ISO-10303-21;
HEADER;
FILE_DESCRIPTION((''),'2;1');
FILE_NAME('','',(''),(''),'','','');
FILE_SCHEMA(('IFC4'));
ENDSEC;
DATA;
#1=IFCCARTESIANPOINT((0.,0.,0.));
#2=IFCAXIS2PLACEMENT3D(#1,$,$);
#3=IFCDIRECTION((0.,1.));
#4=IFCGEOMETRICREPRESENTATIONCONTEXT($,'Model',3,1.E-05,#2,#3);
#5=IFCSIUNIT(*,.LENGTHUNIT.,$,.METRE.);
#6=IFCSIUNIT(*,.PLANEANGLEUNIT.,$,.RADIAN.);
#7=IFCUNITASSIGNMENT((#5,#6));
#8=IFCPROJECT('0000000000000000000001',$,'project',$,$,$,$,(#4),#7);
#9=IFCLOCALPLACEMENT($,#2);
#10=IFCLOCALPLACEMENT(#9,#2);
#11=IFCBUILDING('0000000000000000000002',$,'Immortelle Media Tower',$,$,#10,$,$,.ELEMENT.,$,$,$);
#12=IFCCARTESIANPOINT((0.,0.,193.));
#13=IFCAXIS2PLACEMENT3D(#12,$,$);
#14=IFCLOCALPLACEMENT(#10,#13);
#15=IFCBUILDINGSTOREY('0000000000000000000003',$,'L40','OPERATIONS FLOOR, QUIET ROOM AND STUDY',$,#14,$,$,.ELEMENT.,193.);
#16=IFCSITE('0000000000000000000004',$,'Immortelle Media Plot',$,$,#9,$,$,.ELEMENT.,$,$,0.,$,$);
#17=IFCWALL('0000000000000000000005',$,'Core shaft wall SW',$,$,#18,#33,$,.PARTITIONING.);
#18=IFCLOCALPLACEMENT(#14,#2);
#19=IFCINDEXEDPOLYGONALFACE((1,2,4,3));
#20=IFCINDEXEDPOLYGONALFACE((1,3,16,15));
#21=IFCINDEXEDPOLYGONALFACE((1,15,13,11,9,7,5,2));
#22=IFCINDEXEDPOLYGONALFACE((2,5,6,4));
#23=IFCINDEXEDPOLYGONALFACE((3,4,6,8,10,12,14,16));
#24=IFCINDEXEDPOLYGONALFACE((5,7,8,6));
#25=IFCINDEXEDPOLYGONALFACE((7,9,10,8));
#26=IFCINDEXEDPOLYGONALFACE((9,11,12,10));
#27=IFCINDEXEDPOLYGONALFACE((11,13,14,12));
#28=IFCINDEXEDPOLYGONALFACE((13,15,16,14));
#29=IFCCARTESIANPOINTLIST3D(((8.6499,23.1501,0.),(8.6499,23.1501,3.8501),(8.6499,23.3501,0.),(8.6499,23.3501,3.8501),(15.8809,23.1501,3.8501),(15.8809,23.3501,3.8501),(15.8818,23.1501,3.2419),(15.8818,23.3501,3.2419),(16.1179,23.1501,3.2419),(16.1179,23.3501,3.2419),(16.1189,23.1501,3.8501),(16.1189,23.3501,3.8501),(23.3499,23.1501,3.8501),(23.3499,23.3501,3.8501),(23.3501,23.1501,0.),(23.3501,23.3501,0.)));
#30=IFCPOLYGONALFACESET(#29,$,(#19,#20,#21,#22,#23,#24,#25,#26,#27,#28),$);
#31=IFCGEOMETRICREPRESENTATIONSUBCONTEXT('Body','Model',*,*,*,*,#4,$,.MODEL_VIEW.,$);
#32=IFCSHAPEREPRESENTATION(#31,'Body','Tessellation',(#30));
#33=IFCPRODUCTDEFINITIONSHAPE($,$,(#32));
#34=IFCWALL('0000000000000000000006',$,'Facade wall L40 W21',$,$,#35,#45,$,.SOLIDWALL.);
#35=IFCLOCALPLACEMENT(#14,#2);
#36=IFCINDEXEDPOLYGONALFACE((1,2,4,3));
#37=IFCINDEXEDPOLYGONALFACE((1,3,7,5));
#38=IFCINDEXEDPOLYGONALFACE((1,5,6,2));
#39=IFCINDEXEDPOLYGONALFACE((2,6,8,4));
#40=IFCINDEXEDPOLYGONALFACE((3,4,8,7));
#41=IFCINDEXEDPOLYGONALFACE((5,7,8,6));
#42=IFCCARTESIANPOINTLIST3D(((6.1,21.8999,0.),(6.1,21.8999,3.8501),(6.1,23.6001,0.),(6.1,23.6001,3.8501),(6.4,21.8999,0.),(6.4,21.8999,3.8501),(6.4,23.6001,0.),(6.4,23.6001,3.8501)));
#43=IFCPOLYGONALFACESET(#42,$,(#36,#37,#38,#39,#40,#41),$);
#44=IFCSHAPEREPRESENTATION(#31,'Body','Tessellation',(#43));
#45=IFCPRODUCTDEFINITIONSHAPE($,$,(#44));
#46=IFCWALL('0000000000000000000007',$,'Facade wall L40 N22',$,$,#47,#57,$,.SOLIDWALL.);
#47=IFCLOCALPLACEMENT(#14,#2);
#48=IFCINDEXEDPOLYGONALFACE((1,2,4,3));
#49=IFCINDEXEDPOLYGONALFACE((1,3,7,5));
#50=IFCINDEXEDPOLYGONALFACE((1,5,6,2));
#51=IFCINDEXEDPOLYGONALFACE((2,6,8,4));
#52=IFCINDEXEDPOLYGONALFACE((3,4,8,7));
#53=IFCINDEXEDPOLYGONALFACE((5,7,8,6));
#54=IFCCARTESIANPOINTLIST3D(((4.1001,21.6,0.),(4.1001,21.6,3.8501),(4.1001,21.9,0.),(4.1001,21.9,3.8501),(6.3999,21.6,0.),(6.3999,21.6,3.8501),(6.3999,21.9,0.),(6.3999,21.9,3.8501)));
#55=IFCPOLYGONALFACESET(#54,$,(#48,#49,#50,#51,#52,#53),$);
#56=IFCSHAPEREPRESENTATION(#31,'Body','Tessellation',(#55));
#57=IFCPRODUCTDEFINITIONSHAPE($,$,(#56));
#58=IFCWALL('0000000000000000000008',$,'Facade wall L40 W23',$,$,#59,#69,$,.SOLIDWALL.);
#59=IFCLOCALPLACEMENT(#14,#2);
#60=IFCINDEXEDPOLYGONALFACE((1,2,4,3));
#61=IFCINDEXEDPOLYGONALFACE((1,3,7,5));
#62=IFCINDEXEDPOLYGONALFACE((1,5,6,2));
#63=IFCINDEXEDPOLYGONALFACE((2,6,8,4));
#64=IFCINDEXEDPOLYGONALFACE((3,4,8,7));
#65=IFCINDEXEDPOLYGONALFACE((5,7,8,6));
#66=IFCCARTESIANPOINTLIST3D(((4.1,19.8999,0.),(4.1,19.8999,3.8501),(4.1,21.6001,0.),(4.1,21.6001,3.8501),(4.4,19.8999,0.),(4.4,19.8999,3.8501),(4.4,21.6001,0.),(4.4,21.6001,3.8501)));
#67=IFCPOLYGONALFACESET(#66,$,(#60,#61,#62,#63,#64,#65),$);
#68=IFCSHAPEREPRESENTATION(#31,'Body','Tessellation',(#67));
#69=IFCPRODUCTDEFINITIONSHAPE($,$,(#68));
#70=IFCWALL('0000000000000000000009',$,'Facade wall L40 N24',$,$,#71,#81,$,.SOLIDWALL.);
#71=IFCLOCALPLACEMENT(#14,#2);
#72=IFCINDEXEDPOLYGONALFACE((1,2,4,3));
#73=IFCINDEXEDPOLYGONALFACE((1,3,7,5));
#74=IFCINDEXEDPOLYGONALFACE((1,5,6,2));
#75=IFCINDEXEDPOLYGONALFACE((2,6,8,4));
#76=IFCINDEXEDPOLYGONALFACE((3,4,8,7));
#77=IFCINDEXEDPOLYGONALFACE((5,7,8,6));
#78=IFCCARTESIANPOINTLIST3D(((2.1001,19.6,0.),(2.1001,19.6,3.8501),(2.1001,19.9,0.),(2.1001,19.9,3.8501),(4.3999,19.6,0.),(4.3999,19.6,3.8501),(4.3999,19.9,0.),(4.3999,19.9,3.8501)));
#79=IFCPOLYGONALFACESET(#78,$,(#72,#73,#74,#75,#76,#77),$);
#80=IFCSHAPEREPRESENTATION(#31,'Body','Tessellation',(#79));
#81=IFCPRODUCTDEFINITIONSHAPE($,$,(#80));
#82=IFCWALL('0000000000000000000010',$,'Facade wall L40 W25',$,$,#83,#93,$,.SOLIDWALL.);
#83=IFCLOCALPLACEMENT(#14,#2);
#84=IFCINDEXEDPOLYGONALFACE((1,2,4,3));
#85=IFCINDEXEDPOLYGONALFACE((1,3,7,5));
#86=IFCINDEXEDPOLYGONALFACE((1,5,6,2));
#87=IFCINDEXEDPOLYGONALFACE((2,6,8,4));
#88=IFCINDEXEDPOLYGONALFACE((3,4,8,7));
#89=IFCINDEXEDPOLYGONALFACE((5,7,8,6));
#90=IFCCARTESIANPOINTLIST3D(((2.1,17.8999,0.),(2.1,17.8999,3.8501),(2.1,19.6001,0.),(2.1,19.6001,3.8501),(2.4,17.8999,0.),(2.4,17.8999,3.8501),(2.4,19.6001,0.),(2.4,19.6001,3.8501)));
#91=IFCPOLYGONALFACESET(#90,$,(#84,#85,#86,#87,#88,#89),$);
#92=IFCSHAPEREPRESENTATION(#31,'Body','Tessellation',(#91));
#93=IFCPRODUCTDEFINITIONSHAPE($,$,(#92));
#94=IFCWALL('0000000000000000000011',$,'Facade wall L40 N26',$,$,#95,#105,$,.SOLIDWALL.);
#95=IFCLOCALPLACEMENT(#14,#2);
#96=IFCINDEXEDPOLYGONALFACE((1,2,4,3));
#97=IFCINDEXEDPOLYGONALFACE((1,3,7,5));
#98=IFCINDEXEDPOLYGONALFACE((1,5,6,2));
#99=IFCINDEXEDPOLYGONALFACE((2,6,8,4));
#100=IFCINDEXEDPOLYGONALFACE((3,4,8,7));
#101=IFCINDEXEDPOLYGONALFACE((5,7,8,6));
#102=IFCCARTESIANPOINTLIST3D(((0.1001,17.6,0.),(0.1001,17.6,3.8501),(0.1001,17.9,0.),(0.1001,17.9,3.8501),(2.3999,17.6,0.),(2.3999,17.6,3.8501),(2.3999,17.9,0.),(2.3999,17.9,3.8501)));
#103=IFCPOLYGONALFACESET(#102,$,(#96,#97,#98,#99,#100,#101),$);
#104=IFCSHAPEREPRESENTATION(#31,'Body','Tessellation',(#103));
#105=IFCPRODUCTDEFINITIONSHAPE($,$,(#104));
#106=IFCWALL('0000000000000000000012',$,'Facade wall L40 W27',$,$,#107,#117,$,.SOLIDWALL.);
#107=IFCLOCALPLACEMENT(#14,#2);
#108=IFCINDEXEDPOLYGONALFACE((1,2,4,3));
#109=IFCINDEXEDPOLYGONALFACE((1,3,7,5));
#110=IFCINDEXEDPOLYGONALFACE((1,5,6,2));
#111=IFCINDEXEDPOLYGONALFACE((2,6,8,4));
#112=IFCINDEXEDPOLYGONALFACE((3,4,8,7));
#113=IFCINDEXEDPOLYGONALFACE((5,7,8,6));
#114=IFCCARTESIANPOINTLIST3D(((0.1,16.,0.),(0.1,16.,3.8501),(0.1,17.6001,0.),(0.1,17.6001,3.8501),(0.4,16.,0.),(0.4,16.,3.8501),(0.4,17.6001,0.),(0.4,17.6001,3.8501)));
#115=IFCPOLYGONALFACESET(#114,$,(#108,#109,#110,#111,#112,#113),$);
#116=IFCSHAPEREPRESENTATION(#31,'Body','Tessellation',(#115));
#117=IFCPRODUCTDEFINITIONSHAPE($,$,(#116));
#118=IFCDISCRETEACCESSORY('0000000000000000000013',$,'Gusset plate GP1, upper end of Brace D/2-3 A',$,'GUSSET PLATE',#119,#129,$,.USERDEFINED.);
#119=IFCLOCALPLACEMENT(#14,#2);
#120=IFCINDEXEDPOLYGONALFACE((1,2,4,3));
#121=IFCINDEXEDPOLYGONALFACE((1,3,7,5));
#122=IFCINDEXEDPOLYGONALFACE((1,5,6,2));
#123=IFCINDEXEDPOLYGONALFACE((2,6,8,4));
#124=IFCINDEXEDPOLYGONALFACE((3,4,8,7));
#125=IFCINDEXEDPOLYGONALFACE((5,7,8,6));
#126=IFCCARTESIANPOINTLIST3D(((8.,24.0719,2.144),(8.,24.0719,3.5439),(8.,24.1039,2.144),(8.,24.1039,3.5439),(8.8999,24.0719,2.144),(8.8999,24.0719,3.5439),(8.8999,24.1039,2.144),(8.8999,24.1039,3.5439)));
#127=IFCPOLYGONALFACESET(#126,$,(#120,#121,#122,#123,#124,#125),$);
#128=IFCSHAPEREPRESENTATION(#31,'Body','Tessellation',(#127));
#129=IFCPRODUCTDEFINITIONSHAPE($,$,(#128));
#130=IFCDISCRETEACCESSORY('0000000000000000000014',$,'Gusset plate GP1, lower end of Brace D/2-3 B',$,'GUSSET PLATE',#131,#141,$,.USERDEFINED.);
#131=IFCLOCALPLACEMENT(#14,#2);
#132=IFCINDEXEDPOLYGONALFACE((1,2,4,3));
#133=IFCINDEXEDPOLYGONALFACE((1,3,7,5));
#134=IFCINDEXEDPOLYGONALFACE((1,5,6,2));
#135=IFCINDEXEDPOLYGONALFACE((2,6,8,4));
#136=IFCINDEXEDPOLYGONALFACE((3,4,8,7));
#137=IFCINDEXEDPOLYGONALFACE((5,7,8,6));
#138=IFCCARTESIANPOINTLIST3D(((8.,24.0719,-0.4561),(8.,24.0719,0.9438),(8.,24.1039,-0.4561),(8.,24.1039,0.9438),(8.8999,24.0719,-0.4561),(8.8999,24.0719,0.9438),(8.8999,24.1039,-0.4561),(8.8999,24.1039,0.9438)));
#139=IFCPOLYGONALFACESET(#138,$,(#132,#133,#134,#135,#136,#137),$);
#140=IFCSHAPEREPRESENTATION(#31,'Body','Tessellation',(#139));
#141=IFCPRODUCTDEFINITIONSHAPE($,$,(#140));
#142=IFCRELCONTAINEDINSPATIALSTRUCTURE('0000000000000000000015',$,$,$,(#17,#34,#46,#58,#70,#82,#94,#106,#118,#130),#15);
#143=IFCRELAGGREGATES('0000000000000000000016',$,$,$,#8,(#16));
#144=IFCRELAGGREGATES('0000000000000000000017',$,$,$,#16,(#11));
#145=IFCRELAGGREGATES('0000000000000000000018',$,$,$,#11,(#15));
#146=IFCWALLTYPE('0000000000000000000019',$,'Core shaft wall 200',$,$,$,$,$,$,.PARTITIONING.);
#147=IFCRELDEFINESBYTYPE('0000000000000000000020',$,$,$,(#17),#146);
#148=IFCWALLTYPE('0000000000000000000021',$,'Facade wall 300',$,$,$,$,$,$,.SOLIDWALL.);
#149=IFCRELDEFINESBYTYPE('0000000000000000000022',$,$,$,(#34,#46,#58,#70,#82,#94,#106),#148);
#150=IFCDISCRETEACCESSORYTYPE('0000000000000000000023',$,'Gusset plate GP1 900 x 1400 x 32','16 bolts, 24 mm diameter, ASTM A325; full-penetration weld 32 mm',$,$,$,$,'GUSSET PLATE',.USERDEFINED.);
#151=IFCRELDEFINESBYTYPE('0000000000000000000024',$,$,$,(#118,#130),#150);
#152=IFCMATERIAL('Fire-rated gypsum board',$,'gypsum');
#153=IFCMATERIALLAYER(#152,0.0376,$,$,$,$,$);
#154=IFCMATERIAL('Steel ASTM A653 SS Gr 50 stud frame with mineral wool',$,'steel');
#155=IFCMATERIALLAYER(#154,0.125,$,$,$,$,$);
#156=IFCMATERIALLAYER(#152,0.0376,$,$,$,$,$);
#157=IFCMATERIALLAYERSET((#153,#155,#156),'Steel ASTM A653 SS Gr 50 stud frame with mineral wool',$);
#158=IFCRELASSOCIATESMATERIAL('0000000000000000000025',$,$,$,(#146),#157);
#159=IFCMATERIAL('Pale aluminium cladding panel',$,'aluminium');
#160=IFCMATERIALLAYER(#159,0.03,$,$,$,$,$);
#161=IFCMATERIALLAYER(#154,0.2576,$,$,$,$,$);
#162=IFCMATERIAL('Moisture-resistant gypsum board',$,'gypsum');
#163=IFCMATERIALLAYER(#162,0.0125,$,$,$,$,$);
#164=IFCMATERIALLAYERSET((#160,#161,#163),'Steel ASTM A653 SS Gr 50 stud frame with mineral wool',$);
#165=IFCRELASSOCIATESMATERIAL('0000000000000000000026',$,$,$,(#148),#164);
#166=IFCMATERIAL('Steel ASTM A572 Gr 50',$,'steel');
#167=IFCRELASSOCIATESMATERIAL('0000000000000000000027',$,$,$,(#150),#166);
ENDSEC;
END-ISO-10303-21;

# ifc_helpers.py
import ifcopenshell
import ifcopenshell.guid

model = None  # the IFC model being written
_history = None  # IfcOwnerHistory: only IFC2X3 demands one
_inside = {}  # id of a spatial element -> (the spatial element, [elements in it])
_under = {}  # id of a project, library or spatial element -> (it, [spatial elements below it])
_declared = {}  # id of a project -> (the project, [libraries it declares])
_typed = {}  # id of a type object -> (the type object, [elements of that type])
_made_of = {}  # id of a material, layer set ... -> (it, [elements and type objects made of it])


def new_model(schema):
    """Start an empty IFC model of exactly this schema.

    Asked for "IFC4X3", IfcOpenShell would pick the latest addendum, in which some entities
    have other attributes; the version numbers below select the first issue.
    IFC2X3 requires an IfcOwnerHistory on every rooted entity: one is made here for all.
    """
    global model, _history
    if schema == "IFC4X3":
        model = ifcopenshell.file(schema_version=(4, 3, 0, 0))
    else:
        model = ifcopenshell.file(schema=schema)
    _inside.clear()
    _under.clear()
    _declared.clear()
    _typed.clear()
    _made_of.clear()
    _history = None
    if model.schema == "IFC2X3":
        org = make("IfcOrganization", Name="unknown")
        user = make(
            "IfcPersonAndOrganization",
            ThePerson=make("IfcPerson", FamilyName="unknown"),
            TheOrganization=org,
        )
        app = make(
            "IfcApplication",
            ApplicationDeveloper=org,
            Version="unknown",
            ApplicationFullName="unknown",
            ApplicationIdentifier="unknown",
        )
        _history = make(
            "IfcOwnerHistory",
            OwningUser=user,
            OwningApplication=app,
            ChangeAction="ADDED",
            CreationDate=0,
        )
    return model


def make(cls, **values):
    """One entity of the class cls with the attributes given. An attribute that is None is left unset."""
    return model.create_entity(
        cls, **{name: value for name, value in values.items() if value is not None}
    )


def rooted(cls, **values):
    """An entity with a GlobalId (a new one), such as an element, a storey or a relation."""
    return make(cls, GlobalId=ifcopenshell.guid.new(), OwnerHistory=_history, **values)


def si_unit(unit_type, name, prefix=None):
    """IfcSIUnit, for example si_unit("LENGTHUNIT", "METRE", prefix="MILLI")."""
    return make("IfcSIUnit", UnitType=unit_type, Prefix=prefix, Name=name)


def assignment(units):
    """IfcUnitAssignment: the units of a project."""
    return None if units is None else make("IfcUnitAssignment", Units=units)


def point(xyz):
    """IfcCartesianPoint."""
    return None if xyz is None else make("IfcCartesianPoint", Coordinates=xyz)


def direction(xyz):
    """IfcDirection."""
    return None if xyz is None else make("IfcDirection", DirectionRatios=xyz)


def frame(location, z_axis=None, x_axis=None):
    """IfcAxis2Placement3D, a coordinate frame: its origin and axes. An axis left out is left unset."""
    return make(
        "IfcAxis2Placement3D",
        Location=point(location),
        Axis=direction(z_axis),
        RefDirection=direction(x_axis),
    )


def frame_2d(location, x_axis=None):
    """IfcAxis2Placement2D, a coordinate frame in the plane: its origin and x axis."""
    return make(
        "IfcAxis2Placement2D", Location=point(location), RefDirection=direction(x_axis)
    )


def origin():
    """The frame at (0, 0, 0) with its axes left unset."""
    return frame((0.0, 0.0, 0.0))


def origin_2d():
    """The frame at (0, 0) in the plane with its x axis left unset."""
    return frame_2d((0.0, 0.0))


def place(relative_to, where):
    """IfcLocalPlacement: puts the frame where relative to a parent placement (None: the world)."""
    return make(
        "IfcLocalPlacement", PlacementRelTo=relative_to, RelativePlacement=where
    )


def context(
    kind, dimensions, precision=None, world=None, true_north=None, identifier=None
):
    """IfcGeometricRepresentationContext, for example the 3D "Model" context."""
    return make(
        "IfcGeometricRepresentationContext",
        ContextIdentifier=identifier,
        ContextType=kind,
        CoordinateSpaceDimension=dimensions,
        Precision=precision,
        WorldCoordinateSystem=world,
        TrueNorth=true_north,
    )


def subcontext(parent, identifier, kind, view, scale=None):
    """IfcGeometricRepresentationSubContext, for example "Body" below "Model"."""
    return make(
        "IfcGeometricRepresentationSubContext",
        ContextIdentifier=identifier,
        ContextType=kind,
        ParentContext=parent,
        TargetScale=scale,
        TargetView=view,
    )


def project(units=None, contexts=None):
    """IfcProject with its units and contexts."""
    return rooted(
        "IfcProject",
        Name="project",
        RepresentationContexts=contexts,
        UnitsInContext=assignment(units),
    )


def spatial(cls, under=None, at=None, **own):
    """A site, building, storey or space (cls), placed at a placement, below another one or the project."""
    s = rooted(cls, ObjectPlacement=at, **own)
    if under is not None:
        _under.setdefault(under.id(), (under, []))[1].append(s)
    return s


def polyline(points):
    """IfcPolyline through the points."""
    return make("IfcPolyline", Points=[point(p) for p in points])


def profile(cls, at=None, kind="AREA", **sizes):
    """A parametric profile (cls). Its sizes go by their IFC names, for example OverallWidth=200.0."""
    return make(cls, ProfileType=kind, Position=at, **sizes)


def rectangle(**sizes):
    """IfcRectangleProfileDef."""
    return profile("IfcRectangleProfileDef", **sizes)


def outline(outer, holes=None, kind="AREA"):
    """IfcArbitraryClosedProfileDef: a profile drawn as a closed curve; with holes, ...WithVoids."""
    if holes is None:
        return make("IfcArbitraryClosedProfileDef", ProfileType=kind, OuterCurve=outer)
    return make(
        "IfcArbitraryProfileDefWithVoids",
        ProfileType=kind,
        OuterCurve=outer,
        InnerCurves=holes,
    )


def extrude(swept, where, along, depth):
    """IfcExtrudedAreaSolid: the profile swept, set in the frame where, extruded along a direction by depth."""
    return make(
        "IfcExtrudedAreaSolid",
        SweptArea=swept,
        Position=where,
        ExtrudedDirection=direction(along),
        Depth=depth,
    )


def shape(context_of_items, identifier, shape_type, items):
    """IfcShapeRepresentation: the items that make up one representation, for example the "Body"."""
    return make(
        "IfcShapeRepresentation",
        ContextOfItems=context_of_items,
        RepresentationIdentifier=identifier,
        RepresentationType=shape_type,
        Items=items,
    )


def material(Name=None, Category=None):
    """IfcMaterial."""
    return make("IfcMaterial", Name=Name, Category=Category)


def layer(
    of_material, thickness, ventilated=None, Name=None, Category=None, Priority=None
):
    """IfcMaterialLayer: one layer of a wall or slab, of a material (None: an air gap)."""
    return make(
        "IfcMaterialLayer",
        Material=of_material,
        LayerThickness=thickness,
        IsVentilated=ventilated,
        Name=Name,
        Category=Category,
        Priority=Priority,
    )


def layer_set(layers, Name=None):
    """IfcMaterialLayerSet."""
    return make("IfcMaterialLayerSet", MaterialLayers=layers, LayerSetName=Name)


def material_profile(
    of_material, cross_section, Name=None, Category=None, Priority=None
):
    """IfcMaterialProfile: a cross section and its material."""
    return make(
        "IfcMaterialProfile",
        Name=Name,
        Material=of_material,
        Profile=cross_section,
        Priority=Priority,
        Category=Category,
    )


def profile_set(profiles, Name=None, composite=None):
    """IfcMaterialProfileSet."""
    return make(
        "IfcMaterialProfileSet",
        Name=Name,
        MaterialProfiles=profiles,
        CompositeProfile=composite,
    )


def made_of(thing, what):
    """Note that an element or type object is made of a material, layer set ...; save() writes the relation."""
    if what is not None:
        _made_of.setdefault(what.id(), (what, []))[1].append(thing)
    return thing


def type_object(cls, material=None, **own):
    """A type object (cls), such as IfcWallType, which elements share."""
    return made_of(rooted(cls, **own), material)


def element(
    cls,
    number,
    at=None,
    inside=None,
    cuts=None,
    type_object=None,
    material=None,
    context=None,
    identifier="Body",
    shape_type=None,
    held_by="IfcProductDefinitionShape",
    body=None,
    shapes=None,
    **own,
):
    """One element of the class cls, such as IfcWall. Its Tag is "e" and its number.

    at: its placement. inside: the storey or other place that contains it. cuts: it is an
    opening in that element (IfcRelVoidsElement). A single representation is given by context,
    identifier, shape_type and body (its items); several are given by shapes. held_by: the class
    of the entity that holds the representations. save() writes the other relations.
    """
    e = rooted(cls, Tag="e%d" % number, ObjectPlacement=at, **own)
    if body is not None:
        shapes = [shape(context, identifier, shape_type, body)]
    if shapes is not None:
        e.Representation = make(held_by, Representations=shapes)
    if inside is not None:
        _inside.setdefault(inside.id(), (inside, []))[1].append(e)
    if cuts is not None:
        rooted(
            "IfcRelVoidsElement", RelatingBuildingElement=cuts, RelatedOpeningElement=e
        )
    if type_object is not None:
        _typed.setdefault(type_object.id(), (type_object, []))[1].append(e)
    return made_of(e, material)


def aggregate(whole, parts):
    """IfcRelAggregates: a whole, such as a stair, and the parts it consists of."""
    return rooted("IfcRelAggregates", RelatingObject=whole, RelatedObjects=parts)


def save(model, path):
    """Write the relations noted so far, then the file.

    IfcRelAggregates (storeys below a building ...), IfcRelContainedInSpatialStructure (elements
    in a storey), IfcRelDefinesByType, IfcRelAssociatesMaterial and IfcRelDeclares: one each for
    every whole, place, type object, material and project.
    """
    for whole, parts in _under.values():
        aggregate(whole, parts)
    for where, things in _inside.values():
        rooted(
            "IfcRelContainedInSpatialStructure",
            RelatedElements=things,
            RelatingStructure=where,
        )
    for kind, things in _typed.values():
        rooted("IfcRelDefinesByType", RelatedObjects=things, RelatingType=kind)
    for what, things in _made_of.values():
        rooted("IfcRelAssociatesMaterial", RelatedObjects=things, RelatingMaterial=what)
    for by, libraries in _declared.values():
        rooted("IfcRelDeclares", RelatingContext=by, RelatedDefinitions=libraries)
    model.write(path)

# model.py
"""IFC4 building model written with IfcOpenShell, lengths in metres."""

from ifc_helpers import new_model, si_unit, direction, frame, frame_2d, origin, origin_2d, place, context, subcontext, project, spatial, polyline, rectangle, outline, extrude, material, layer, layer_set, material_profile, profile_set, type_object, element, save


model = new_model("IFC4")

# Units and contexts
model_context = context("Model", 3, precision=1e-05, world=origin(), true_north=direction((0.0, 1.0)))
body_context = subcontext(model_context, "Body", "Model", "MODEL_VIEW")
ifc_project = project(units=[si_unit("LENGTHUNIT", "METRE"), si_unit("PLANEANGLEUNIT", "RADIAN")], contexts=[model_context])

# Site, building, storey
site_placement = place(None, origin())
site = spatial("IfcSite", under=ifc_project, at=site_placement, Name="Immortelle Media Plot", CompositionType="ELEMENT", RefElevation=0.0)
building_placement = place(site_placement, origin())
building = spatial("IfcBuilding", under=site, at=building_placement, Name="Immortelle Media Tower", CompositionType="ELEMENT")
storey_placement = place(building_placement, frame((0.0, 0.0, 193.0)))
storey = spatial("IfcBuildingStorey", under=building, at=storey_placement, Name="L40", Description="OPERATIONS FLOOR, QUIET ROOM AND STUDY", CompositionType="ELEMENT", Elevation=193.0)

# Walls
ifc_material_1 = material(Name="Fire-rated gypsum board", Category="gypsum")
ifc_layer_1 = layer(ifc_material_1, 0.0376)
ifc_material_2 = material(Name="Steel ASTM A653 SS Gr 50 stud frame with mineral wool", Category="steel")
ifc_layer_2 = layer(ifc_material_2, 0.125)
ifc_layer_3 = layer(ifc_material_1, 0.0376)
ifc_layer_set_1 = layer_set([ifc_layer_1, ifc_layer_2, ifc_layer_3], Name="Steel ASTM A653 SS Gr 50 stud frame with mineral wool")
wall_type_1 = type_object("IfcWallType", Name="Core shaft wall 200", PredefinedType="PARTITIONING", material=ifc_layer_set_1)
wall_1_placement = place(storey_placement, frame((8.6499, 23.25, 0.0), z_axis=(0.0, 0.0, 1.0), x_axis=(1.0, 0.0, 0.0)))
element("IfcWall", 1, at=wall_1_placement, inside=storey, type_object=wall_type_1, Name="Core shaft wall SW", PredefinedType="PARTITIONING", context=body_context, shape_type="SweptSolid", body=[
    extrude(outline(polyline([(0.0, 0.0), (14.7002, 0.0), (14.7, 3.8501), (7.469, 3.8501), (7.468, 3.2419), (7.2319, 3.2419), (7.231, 3.8501), (0.0, 3.8501), (0.0, 0.0)])), frame((0.0, 0.1001, 0.0), z_axis=(0.0, -1.0, 0.0), x_axis=(1.0, 0.0, 0.0)), (0.0, 0.0, 1.0), 0.2),
])
ifc_material_3 = material(Name="Pale aluminium cladding panel", Category="aluminium")
ifc_layer_4 = layer(ifc_material_3, 0.03)
ifc_layer_5 = layer(ifc_material_2, 0.2576)
ifc_material_4 = material(Name="Moisture-resistant gypsum board", Category="gypsum")
ifc_layer_6 = layer(ifc_material_4, 0.0125)
ifc_layer_set_2 = layer_set([ifc_layer_4, ifc_layer_5, ifc_layer_6], Name="Steel ASTM A653 SS Gr 50 stud frame with mineral wool")
wall_type_2 = type_object("IfcWallType", Name="Facade wall 300", PredefinedType="SOLIDWALL", material=ifc_layer_set_2)
wall_2_placement = place(storey_placement, frame((6.25, 23.6001, 0.0), z_axis=(0.0, 0.0, 1.0), x_axis=(0.0, -1.0, 0.0)))
element("IfcWall", 2, at=wall_2_placement, inside=storey, type_object=wall_type_2, Name="Facade wall L40 W21", PredefinedType="SOLIDWALL", context=body_context, shape_type="SweptSolid", body=[
    extrude(rectangle(XDim=1.7002, YDim=0.3, at=frame_2d((0.8501, 0.0))), origin(), (0.0, 0.0, 1.0), 3.8501),
])
wall_3_placement = place(storey_placement, frame((6.3999, 21.75, 0.0), z_axis=(0.0, 0.0, 1.0), x_axis=(-1.0, 0.0, 0.0)))
element("IfcWall", 3, at=wall_3_placement, inside=storey, type_object=wall_type_2, Name="Facade wall L40 N22", PredefinedType="SOLIDWALL", context=body_context, shape_type="SweptSolid", body=[
    extrude(rectangle(XDim=2.2998, YDim=0.3, at=frame_2d((1.1499, 0.0))), origin(), (0.0, 0.0, 1.0), 3.8501),
])
wall_4_placement = place(storey_placement, frame((4.25, 21.6001, 0.0), z_axis=(0.0, 0.0, 1.0), x_axis=(0.0, -1.0, 0.0)))
element("IfcWall", 4, at=wall_4_placement, inside=storey, type_object=wall_type_2, Name="Facade wall L40 W23", PredefinedType="SOLIDWALL", context=body_context, shape_type="SweptSolid", body=[
    extrude(rectangle(XDim=1.7002, YDim=0.3, at=frame_2d((0.8501, 0.0))), origin(), (0.0, 0.0, 1.0), 3.8501),
])
wall_5_placement = place(storey_placement, frame((4.3999, 19.75, 0.0), z_axis=(0.0, 0.0, 1.0), x_axis=(-1.0, 0.0, 0.0)))
element("IfcWall", 5, at=wall_5_placement, inside=storey, type_object=wall_type_2, Name="Facade wall L40 N24", PredefinedType="SOLIDWALL", context=body_context, shape_type="SweptSolid", body=[
    extrude(rectangle(XDim=2.2998, YDim=0.3, at=frame_2d((1.1499, 0.0))), origin(), (0.0, 0.0, 1.0), 3.8501),
])
wall_6_placement = place(storey_placement, frame((2.25, 19.6001, 0.0), z_axis=(0.0, 0.0, 1.0), x_axis=(0.0, -1.0, 0.0)))
element("IfcWall", 6, at=wall_6_placement, inside=storey, type_object=wall_type_2, Name="Facade wall L40 W25", PredefinedType="SOLIDWALL", context=body_context, shape_type="SweptSolid", body=[
    extrude(rectangle(XDim=1.7002, YDim=0.3, at=frame_2d((0.8501, 0.0))), origin(), (0.0, 0.0, 1.0), 3.8501),
])
wall_7_placement = place(storey_placement, frame((2.3999, 17.75, 0.0), z_axis=(0.0, 0.0, 1.0), x_axis=(-1.0, 0.0, 0.0)))
element("IfcWall", 7, at=wall_7_placement, inside=storey, type_object=wall_type_2, Name="Facade wall L40 N26", PredefinedType="SOLIDWALL", context=body_context, shape_type="SweptSolid", body=[
    extrude(rectangle(XDim=2.2998, YDim=0.3, at=frame_2d((1.1499, 0.0))), origin(), (0.0, 0.0, 1.0), 3.8501),
])
wall_8_placement = place(storey_placement, frame((0.25, 17.6001, 0.0), z_axis=(0.0, 0.0, 1.0), x_axis=(0.0, -1.0, 0.0)))
element("IfcWall", 8, at=wall_8_placement, inside=storey, type_object=wall_type_2, Name="Facade wall L40 W27", PredefinedType="SOLIDWALL", context=body_context, shape_type="SweptSolid", body=[
    extrude(rectangle(XDim=1.6001, YDim=0.3, at=frame_2d((0.8, 0.0))), origin(), (0.0, 0.0, 1.0), 3.8501),
])

# Discrete accessories
ifc_material_5 = material(Name="Steel ASTM A572 Gr 50", Category="steel")
ifc_material_profile_1 = material_profile(ifc_material_5, rectangle(XDim=0.032, YDim=1.3999, at=origin_2d()), Name="PL 32 x 1400")
ifc_profile_set_1 = profile_set([ifc_material_profile_1], Name="Steel ASTM A572 Gr 50")
discrete_accessory_type = type_object("IfcDiscreteAccessoryType", Name="Gusset plate GP1 900 x 1400 x 32", Description="16 bolts, 24 mm diameter, ASTM A325; full-penetration weld 32 mm", ElementType="GUSSET PLATE", PredefinedType="USERDEFINED", material=ifc_profile_set_1)
for number, where, z_axis, x_axis, name in (
    (9, (8.0, 24.0879, 2.844), (1.0, 0.0, 0.0), (0.0, 1.0, 0.0), "Gusset plate GP1, upper end of Brace D/2-3 A"),
    (10, (8.0, 24.0879, 0.2439), (1.0, 0.0, 0.0), (0.0, 1.0, 0.0), "Gusset plate GP1, lower end of Brace D/2-3 B"),
):
    element("IfcDiscreteAccessory", number, at=place(storey_placement, frame(where, z_axis=z_axis, x_axis=x_axis)), inside=storey, type_object=discrete_accessory_type, Name=name, ObjectType="GUSSET PLATE", PredefinedType="USERDEFINED", context=body_context, shape_type="SweptSolid", body=[
        extrude(rectangle(XDim=0.032, YDim=1.3999, at=origin_2d()), origin(), (0.0, 0.0, 1.0), 0.8999),
    ])

save(model, "model.ifc")
